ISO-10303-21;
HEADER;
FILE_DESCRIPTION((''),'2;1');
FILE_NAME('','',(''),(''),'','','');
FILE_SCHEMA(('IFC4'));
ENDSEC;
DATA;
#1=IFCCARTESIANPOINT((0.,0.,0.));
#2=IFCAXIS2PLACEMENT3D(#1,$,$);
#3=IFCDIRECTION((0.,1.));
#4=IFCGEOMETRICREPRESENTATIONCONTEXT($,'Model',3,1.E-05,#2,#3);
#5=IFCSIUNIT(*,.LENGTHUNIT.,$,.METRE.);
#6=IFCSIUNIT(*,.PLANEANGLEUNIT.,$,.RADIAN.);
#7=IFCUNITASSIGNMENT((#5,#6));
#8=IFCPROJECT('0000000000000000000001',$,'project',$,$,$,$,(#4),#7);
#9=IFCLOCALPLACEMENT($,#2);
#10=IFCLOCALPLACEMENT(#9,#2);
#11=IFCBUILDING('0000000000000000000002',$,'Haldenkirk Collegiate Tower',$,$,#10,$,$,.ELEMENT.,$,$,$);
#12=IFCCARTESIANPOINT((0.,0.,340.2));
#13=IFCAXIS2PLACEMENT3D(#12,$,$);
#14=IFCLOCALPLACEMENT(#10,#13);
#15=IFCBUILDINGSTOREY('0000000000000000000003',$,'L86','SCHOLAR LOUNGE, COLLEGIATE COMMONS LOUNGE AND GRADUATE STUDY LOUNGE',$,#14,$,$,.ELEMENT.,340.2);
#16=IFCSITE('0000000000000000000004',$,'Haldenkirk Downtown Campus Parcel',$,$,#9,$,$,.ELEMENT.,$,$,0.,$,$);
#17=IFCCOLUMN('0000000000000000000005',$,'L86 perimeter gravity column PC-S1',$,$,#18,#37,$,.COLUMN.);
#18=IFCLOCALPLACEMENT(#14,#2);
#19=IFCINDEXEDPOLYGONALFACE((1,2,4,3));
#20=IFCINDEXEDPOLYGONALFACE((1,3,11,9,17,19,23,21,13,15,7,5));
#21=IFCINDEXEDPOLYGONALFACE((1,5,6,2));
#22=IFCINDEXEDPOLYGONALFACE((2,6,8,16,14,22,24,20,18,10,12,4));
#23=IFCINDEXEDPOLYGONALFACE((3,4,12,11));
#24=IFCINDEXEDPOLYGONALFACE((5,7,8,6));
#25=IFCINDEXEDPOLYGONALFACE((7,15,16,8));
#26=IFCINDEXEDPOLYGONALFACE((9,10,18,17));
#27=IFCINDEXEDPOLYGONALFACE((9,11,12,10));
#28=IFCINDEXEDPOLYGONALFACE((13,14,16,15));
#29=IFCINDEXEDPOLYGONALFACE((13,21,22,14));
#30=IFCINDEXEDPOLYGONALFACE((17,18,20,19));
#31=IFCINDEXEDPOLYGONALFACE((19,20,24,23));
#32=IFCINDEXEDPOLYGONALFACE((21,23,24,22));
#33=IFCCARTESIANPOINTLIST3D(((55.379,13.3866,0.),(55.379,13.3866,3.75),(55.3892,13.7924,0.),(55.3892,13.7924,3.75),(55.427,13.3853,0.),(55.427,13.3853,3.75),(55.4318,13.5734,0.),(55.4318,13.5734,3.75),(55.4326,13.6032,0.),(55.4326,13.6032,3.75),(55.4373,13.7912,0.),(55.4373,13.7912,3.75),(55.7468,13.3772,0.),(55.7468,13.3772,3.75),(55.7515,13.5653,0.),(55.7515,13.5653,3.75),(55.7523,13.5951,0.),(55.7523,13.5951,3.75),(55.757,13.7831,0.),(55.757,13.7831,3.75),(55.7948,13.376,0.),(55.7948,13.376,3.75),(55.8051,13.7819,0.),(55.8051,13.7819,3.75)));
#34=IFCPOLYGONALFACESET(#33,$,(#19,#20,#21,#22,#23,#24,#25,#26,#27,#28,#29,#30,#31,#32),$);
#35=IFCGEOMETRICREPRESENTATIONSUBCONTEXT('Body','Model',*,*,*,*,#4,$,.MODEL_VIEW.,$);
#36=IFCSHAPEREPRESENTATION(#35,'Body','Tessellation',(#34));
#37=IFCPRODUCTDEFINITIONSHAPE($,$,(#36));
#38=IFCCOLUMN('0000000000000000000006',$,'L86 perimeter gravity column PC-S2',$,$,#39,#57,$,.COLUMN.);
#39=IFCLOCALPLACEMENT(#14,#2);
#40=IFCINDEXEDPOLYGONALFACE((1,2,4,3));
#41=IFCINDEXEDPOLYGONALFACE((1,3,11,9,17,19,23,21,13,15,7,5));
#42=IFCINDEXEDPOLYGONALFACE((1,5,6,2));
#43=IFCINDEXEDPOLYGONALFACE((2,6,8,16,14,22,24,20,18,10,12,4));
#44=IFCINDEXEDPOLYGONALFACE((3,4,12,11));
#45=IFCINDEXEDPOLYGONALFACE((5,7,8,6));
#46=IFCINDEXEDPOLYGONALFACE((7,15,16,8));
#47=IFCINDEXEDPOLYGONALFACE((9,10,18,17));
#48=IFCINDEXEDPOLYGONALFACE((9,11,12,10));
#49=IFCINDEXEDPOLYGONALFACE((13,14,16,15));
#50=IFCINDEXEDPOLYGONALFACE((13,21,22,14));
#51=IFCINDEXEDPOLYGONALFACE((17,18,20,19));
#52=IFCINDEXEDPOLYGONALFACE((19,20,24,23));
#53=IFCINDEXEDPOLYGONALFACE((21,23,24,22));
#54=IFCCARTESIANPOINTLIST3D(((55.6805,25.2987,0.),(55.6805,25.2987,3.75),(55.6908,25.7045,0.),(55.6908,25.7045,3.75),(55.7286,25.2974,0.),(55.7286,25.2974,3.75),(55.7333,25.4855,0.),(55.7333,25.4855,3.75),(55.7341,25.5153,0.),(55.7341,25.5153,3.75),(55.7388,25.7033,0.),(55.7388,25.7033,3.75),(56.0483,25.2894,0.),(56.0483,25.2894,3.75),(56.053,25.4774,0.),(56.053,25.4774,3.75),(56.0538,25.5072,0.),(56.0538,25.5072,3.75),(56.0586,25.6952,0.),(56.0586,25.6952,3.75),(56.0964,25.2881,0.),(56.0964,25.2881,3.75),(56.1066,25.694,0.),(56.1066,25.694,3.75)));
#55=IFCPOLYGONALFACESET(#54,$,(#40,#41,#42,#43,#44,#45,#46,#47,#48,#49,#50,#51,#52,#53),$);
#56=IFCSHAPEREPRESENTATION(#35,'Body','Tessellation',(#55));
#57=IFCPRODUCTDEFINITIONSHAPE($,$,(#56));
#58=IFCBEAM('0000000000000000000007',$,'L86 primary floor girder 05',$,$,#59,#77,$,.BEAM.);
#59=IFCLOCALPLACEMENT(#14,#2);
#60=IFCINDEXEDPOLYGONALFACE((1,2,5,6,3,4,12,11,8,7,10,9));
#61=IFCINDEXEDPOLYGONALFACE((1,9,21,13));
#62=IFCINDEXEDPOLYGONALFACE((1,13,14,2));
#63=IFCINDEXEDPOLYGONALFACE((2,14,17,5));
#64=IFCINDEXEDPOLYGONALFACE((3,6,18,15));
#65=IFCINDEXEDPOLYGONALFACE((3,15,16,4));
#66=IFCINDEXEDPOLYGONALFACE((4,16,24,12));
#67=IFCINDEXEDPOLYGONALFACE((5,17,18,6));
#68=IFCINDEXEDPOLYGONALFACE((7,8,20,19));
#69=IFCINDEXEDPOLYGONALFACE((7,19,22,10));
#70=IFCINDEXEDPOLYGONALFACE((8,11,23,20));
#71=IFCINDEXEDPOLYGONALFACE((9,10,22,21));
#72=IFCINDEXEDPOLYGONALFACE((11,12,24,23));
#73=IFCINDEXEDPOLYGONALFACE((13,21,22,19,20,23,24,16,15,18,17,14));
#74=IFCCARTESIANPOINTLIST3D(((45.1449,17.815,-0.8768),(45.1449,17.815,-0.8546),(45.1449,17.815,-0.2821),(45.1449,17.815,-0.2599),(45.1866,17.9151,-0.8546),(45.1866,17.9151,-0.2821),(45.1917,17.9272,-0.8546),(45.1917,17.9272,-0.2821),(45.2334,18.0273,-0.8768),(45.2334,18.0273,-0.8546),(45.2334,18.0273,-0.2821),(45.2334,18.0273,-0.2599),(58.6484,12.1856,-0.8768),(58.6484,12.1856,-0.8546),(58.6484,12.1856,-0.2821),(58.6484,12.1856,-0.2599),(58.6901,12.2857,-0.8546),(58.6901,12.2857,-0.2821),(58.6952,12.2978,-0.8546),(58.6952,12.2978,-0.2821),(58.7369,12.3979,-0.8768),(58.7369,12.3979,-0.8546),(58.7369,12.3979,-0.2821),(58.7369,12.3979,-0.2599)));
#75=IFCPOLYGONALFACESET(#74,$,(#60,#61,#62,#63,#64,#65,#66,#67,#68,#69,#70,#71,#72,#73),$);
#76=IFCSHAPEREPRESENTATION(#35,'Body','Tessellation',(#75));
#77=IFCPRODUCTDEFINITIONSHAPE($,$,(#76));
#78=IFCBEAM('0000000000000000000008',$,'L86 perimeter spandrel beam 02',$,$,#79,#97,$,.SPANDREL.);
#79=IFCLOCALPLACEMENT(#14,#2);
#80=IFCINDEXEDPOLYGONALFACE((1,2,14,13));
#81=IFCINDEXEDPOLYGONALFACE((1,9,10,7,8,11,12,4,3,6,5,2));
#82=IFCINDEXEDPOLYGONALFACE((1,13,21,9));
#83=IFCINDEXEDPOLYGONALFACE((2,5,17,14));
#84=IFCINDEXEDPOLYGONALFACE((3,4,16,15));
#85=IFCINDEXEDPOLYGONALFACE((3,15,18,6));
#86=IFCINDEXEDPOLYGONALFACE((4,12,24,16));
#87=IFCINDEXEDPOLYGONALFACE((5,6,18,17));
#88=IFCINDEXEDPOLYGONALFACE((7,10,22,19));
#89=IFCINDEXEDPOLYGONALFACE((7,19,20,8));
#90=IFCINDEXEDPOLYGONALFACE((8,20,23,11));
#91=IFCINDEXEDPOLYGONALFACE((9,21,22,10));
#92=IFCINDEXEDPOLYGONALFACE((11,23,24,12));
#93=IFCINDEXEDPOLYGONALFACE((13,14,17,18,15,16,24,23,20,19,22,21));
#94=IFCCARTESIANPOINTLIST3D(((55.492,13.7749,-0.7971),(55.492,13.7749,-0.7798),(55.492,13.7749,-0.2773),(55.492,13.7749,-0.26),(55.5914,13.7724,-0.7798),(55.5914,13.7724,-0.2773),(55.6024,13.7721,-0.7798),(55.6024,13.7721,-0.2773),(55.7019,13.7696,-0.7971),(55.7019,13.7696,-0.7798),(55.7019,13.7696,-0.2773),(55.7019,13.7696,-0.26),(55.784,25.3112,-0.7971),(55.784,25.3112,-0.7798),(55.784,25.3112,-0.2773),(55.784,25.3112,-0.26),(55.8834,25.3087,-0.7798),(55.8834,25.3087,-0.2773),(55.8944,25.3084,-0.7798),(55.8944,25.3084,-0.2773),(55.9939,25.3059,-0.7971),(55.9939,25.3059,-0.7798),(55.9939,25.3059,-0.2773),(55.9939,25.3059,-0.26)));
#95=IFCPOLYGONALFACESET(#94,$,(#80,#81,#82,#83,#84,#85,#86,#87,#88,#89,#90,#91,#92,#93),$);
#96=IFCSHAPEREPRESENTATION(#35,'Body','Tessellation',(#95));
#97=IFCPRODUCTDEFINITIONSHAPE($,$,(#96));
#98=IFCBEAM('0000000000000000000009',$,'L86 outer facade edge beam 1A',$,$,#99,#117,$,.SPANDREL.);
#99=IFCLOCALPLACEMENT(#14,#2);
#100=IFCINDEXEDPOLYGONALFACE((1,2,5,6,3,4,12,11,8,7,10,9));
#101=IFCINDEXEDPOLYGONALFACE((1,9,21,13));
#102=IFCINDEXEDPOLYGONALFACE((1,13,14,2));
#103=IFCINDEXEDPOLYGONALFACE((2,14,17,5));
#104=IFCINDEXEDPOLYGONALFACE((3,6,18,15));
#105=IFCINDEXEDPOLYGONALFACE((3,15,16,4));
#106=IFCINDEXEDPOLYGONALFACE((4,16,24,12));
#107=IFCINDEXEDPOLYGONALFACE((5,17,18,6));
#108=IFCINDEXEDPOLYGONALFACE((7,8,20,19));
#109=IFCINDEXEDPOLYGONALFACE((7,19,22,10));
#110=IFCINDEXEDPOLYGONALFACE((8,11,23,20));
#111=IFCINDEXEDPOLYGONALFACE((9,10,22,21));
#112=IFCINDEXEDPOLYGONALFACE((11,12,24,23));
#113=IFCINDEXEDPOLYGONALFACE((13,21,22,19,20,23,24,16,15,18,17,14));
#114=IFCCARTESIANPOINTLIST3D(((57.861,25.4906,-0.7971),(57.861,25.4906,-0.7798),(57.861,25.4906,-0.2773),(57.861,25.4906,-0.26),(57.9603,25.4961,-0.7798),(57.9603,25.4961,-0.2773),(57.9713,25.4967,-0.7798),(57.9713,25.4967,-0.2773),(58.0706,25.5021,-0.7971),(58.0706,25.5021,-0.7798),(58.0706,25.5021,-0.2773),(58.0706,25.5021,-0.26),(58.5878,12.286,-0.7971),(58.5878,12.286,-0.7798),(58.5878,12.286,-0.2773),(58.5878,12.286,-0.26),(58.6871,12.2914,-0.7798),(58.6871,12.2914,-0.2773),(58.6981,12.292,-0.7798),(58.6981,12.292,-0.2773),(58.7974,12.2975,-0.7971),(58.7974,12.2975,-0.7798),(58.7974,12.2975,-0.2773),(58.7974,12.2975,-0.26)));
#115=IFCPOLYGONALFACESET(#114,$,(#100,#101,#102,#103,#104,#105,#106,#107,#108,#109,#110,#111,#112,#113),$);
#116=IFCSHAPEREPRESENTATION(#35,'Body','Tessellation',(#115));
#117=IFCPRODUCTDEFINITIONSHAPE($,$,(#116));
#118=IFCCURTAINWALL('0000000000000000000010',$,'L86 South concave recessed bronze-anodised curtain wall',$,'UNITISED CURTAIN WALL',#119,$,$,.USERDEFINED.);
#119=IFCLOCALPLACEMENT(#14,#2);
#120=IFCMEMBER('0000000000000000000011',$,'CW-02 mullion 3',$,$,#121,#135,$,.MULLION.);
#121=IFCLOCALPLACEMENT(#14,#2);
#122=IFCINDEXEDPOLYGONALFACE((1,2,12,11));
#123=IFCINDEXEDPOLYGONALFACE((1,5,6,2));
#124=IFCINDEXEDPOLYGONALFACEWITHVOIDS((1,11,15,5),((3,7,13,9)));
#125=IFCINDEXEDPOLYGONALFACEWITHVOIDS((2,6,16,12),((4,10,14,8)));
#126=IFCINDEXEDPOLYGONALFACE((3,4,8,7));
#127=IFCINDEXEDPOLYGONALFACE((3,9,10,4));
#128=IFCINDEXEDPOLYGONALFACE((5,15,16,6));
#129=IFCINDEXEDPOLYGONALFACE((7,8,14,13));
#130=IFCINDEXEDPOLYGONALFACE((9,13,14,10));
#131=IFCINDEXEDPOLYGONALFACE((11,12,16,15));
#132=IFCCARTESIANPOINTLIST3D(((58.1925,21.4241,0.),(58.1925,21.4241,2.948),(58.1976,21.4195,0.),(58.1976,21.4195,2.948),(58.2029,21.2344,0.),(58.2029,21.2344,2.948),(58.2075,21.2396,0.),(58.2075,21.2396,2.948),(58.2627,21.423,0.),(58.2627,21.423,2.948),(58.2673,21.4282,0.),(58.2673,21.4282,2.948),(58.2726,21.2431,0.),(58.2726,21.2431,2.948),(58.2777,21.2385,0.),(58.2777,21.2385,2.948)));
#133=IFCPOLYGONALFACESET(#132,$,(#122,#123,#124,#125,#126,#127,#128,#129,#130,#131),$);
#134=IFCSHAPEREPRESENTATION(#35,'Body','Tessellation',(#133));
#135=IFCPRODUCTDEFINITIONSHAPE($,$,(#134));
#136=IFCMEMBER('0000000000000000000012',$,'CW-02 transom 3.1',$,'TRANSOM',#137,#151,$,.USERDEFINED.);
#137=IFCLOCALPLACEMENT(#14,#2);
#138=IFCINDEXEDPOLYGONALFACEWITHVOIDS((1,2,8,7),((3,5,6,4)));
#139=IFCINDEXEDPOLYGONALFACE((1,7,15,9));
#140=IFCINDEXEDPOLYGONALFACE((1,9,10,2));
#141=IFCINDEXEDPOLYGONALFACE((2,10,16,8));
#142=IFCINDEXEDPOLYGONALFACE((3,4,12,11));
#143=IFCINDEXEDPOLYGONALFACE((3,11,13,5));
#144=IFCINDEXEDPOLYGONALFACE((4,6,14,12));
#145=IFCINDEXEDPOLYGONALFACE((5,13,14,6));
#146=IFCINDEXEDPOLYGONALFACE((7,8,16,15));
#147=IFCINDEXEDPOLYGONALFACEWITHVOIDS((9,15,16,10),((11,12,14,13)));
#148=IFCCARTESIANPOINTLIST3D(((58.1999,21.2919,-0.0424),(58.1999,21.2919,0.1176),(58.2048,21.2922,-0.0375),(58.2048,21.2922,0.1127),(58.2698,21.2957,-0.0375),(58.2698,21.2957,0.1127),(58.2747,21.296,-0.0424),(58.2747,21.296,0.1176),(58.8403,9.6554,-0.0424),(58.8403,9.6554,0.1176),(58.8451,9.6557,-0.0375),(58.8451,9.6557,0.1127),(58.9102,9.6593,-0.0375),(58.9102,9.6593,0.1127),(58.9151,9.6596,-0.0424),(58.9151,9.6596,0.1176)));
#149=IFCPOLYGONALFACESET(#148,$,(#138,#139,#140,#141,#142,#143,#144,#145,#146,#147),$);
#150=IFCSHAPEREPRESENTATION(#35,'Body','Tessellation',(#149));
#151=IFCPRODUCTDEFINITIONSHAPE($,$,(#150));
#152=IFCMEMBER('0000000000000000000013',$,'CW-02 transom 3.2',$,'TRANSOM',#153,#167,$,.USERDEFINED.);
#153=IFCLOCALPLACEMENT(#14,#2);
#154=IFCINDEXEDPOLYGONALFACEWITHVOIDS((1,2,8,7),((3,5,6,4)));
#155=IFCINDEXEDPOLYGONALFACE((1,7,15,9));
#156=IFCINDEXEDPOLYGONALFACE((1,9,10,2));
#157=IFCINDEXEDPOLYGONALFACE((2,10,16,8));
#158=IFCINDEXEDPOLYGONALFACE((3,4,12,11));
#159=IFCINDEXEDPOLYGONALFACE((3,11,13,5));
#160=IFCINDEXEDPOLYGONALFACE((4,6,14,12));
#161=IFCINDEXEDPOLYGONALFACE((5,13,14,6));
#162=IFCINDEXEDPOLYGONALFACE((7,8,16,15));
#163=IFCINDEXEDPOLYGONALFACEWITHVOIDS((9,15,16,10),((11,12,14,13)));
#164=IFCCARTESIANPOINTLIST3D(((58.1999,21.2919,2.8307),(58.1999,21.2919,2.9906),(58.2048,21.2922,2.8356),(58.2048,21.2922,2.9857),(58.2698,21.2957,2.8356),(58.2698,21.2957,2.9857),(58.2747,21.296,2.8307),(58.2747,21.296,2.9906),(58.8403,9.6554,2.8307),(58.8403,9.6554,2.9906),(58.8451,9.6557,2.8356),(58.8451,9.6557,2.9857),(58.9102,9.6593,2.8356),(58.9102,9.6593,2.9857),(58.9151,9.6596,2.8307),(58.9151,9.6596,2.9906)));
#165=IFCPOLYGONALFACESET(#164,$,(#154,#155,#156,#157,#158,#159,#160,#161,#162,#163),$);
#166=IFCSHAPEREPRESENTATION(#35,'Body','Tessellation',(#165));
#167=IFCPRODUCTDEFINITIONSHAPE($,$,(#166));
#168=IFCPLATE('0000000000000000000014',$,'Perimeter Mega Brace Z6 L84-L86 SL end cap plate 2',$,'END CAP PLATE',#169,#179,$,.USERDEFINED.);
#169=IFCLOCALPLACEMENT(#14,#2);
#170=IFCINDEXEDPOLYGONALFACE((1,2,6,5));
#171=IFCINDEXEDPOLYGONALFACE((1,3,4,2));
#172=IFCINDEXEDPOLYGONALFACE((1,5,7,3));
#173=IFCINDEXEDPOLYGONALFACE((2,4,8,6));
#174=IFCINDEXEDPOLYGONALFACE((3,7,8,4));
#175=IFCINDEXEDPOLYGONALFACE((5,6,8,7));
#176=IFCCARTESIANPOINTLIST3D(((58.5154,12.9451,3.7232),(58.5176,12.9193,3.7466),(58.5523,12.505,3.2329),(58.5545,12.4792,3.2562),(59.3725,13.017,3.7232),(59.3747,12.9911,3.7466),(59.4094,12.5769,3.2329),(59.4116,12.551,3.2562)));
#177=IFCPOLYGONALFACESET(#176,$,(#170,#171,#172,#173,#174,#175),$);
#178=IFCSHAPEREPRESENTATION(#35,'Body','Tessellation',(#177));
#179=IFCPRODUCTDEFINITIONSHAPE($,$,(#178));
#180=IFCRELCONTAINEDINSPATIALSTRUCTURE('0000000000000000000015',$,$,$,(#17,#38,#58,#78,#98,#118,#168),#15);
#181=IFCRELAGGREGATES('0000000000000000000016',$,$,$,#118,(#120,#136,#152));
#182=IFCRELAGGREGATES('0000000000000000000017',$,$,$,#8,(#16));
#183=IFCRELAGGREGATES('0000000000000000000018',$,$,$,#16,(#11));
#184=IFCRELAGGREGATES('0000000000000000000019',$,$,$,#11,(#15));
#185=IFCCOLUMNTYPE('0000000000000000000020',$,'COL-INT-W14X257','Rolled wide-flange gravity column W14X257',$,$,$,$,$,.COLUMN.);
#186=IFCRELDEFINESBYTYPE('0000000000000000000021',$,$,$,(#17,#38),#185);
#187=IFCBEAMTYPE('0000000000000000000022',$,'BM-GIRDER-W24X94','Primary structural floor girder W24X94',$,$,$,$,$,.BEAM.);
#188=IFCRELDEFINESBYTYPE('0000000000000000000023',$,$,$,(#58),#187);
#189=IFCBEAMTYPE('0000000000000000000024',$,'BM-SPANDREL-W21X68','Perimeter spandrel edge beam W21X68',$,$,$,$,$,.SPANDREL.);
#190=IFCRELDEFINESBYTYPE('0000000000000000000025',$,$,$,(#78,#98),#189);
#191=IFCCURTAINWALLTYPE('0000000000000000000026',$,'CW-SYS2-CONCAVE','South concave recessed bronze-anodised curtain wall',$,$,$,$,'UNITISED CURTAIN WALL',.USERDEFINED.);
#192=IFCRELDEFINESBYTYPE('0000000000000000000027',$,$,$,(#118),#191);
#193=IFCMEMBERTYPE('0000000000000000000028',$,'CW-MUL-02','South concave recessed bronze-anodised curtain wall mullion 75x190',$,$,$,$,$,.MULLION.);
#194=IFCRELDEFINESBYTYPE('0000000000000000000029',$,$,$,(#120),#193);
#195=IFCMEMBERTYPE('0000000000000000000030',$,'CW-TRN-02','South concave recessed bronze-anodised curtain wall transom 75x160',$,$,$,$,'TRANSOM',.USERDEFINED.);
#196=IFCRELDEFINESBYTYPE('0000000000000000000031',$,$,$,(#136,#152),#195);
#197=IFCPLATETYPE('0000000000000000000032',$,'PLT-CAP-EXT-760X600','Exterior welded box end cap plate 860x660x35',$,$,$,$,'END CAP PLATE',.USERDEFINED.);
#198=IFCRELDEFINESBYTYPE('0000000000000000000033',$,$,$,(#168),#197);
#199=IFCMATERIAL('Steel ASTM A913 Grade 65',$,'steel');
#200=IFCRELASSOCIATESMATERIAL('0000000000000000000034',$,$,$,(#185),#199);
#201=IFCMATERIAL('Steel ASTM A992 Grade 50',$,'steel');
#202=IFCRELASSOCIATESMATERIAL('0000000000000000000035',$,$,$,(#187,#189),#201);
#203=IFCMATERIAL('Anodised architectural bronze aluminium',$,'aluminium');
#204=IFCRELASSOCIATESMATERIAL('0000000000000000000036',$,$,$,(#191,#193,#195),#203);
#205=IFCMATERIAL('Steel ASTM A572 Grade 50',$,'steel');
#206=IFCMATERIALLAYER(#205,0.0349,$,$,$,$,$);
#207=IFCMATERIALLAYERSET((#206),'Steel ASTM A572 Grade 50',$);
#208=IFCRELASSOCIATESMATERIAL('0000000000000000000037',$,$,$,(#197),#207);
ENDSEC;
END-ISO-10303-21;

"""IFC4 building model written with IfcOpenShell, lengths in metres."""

from ifc_helpers import new_model, si_unit, direction, frame, origin, origin_2d, place, context, subcontext, project, spatial, rectangle, hollow_rectangle, i_section, extrude, source, transform, mapped, material, layer, layer_set, material_profile, profile_set, type_object, element, aggregate, save


model = new_model("IFC4")

# Units and contexts
model_context = context("Model", 3, precision=1e-05, world=origin(), true_north=direction((0.0, 1.0)))
body_context = subcontext(model_context, "Body", "Model", "MODEL_VIEW")
ifc_project = project(units=[si_unit("LENGTHUNIT", "METRE"), si_unit("PLANEANGLEUNIT", "RADIAN")], contexts=[model_context])

# Site, building, storey
site_placement = place(None, origin())
site = spatial("IfcSite", under=ifc_project, at=site_placement, Name="Haldenkirk Downtown Campus Parcel", CompositionType="ELEMENT", RefElevation=0.0)
building_placement = place(site_placement, origin())
building = spatial("IfcBuilding", under=site, at=building_placement, Name="Haldenkirk Collegiate Tower", CompositionType="ELEMENT")
storey_placement = place(building_placement, frame((0.0, 0.0, 340.2)))
storey = spatial("IfcBuildingStorey", under=building, at=storey_placement, Name="L86", Description="SCHOLAR LOUNGE, COLLEGIATE COMMONS LOUNGE AND GRADUATE STUDY LOUNGE", CompositionType="ELEMENT", Elevation=340.2)

# Columns
ifc_material_1 = material(Name="Steel ASTM A913 Grade 65", Category="steel")
ifc_material_profile_1 = material_profile(ifc_material_1, i_section(OverallWidth=0.406, OverallDepth=0.416, WebThickness=0.0298, FlangeThickness=0.0481, at=origin_2d()), Name="W14X257")
ifc_profile_set_1 = profile_set([ifc_material_profile_1], Name="Steel ASTM A913 Grade 65")
column_type = type_object("IfcColumnType", Name="COL-INT-W14X257", Description="Rolled wide-flange gravity column W14X257", PredefinedType="COLUMN", material=ifc_profile_set_1)
for number, where, z_axis, x_axis, name in (
    (1, (55.592, 13.5842, 0.0), (0.0, 0.0, 1.0), (0.025305, 0.99968, 0.0), "L86 perimeter gravity column PC-S1"),
    (2, (55.8936, 25.4963, 0.0), (0.0, 0.0, 1.0), (0.025305, 0.99968, 0.0), "L86 perimeter gravity column PC-S2"),
):
    element("IfcColumn", number, at=place(storey_placement, frame(where, z_axis=z_axis, x_axis=x_axis)), inside=storey, type_object=column_type, Name=name, PredefinedType="COLUMN", context=body_context, shape_type="SweptSolid", body=[
        extrude(i_section(OverallWidth=0.406, OverallDepth=0.416, WebThickness=0.0298, FlangeThickness=0.0481, at=origin_2d()), origin(), (0.0, 0.0, 1.0), 3.75),
    ])

# Beams
ifc_material_2 = material(Name="Steel ASTM A992 Grade 50", Category="steel")
ifc_material_profile_2 = material_profile(ifc_material_2, i_section(OverallWidth=0.23, OverallDepth=0.6169, WebThickness=0.0132, FlangeThickness=0.0222, at=origin_2d()), Name="W24X94")
ifc_profile_set_2 = profile_set([ifc_material_profile_2], Name="Steel ASTM A992 Grade 50")
beam_type_1 = type_object("IfcBeamType", Name="BM-GIRDER-W24X94", Description="Primary structural floor girder W24X94", PredefinedType="BEAM", material=ifc_profile_set_2)
beam_1_placement = place(storey_placement, frame((58.6926, 12.2917, -0.5684), z_axis=(-0.923005, 0.384788, 0.0), x_axis=(-0.384788, -0.923005, 0.0)))
element("IfcBeam", 3, at=beam_1_placement, inside=storey, type_object=beam_type_1, Name="L86 primary floor girder 05", PredefinedType="BEAM", context=body_context, shape_type="SweptSolid", body=[
    extrude(i_section(OverallWidth=0.23, OverallDepth=0.6169, WebThickness=0.0132, FlangeThickness=0.0222, at=origin_2d()), origin(), (0.0, 0.0, 1.0), 14.6299),
])
ifc_material_profile_3 = material_profile(ifc_material_2, i_section(OverallWidth=0.21, OverallDepth=0.5371, WebThickness=0.011, FlangeThickness=0.0173, at=origin_2d()), Name="W21X68")
ifc_profile_set_3 = profile_set([ifc_material_profile_3], Name="Steel ASTM A992 Grade 50")
beam_type_2 = type_object("IfcBeamType", Name="BM-SPANDREL-W21X68", Description="Perimeter spandrel edge beam W21X68", PredefinedType="SPANDREL", material=ifc_profile_set_3)
beam_2_placement = place(storey_placement, frame((55.5969, 13.7722, -0.5286), z_axis=(0.025302, 0.99968, 0.0), x_axis=(-0.99968, 0.025302, 0.0)))
element("IfcBeam", 4, at=beam_2_placement, inside=storey, type_object=beam_type_2, Name="L86 perimeter spandrel beam 02", PredefinedType="SPANDREL", context=body_context, shape_type="SweptSolid", body=[
    extrude(i_section(OverallWidth=0.21, OverallDepth=0.5371, WebThickness=0.011, FlangeThickness=0.0173, at=origin_2d()), origin(), (0.0, 0.0, 1.0), 11.54),
])
beam_3_placement = place(storey_placement, frame((58.6926, 12.2917, -0.5286), z_axis=(-0.054959, 0.998489, 0.0), x_axis=(-0.998489, -0.054959, 0.0)))
element("IfcBeam", 5, at=beam_3_placement, inside=storey, type_object=beam_type_2, Name="L86 outer facade edge beam 1A", PredefinedType="SPANDREL", context=body_context, shape_type="SweptSolid", body=[
    extrude(i_section(OverallWidth=0.21, OverallDepth=0.5371, WebThickness=0.011, FlangeThickness=0.0173, at=origin_2d()), origin(), (0.0, 0.0, 1.0), 13.2246),
])

# Curtain wall, members
ifc_material_3 = material(Name="Anodised architectural bronze aluminium", Category="aluminium")
curtain_wall_type = type_object("IfcCurtainWallType", Name="CW-SYS2-CONCAVE", Description="South concave recessed bronze-anodised curtain wall", ElementType="UNITISED CURTAIN WALL", PredefinedType="USERDEFINED", material=ifc_material_3)
curtain_wall_placement = place(storey_placement, origin())
curtain_wall = element("IfcCurtainWall", 6, at=curtain_wall_placement, inside=storey, type_object=curtain_wall_type, Name="L86 South concave recessed bronze-anodised curtain wall", ObjectType="UNITISED CURTAIN WALL", PredefinedType="USERDEFINED")
ifc_material_profile_4 = material_profile(ifc_material_3, hollow_rectangle(XDim=0.075, YDim=0.1899, WallThickness=0.0049, at=origin_2d()), Name="CW-MUL-02")
ifc_profile_set_4 = profile_set([ifc_material_profile_4], Name="Anodised architectural bronze aluminium")
member_type_1 = type_object("IfcMemberType", Name="CW-MUL-02", Description="South concave recessed bronze-anodised curtain wall mullion 75x190", PredefinedType="MULLION", material=ifc_profile_set_4)
member_1_placement = place(storey_placement, frame((58.2351, 21.3313, 0.0), z_axis=(0.0, 0.0, 1.0), x_axis=(0.998489, 0.054949, 0.0)))
member_1 = element("IfcMember", 7, at=member_1_placement, type_object=member_type_1, Name="CW-02 mullion 3", PredefinedType="MULLION", context=body_context, shape_type="SweptSolid", body=[
    extrude(hollow_rectangle(XDim=0.075, YDim=0.1899, WallThickness=0.0049, at=origin_2d()), origin(), (0.0, 0.0, 1.0), 2.948),
])
ifc_material_profile_5 = material_profile(ifc_material_3, hollow_rectangle(XDim=0.075, YDim=0.1599, WallThickness=0.0049, at=origin_2d()), Name="CW-TRN-02")
ifc_profile_set_5 = profile_set([ifc_material_profile_5], Name="Anodised architectural bronze aluminium")
member_type_2 = type_object("IfcMemberType", Name="CW-TRN-02", Description="South concave recessed bronze-anodised curtain wall transom 75x160", ElementType="TRANSOM", PredefinedType="USERDEFINED", material=ifc_profile_set_5)
member_2_placement = place(storey_placement, frame((58.2373, 21.2939, 0.0376), z_axis=(0.054949, -0.998489, 0.0), x_axis=(0.998489, 0.054949, 0.0)))
member_2 = element("IfcMember", 8, at=member_2_placement, type_object=member_type_2, Name="CW-02 transom 3.1", ObjectType="TRANSOM", PredefinedType="USERDEFINED", context=body_context, shape_type="SweptSolid", body=[
    extrude(hollow_rectangle(XDim=0.075, YDim=0.1599, WallThickness=0.0049, at=origin_2d()), origin(), (0.0, 0.0, 1.0), 11.6541),
])
member_3_placement = place(storey_placement, frame((58.2373, 21.2939, 2.9106), z_axis=(0.054949, -0.998489, 0.0), x_axis=(0.998489, 0.054949, 0.0)))
member_3 = element("IfcMember", 9, at=member_3_placement, type_object=member_type_2, Name="CW-02 transom 3.2", ObjectType="TRANSOM", PredefinedType="USERDEFINED", context=body_context, shape_type="SweptSolid", body=[
    extrude(hollow_rectangle(XDim=0.075, YDim=0.1599, WallThickness=0.0049, at=origin_2d()), origin(), (0.0, 0.0, 1.0), 11.6541),
])

# Plate
ifc_material_4 = material(Name="Steel ASTM A572 Grade 50", Category="steel")
ifc_layer_1 = layer(ifc_material_4, 0.0349)
ifc_layer_set_1 = layer_set([ifc_layer_1], Name="Steel ASTM A572 Grade 50")
plate_type_1 = type_object("IfcPlateType", Name="PLT-CAP-EXT-760X600", Description="Exterior welded box end cap plate 860x660x35", ElementType="END CAP PLATE", PredefinedType="USERDEFINED", material=ifc_layer_set_1)
shared_shape_1 = source(origin(), body_context, "Body", "SweptSolid", [
    extrude(rectangle(XDim=0.8601, YDim=0.6599, at=origin_2d()), origin(), (0.0, 0.0, 1.0), 0.0349),
])
plate_1_placement = place(storey_placement, frame((58.9624, 12.761, 3.478), z_axis=(0.062063, -0.740457, 0.669232), x_axis=(0.996506, 0.083524, 0.0)))
element("IfcPlate", 10, at=plate_1_placement, inside=storey, type_object=plate_type_1, Name="Perimeter Mega Brace Z6 L84-L86 SL end cap plate 2", ObjectType="END CAP PLATE", PredefinedType="USERDEFINED", context=body_context, shape_type="MappedRepresentation", body=[
    mapped(shared_shape_1, transform((0.0, 0.0, 0.0), x_axis=(1.0, 0.0, 0.0), y_axis=(0.0, 1.0, 0.0), z_axis=(0.0, 0.0, 1.0), scale=1.0)),
])
aggregate(curtain_wall, [member_1, member_2, member_3])

save(model, "model.ifc")
